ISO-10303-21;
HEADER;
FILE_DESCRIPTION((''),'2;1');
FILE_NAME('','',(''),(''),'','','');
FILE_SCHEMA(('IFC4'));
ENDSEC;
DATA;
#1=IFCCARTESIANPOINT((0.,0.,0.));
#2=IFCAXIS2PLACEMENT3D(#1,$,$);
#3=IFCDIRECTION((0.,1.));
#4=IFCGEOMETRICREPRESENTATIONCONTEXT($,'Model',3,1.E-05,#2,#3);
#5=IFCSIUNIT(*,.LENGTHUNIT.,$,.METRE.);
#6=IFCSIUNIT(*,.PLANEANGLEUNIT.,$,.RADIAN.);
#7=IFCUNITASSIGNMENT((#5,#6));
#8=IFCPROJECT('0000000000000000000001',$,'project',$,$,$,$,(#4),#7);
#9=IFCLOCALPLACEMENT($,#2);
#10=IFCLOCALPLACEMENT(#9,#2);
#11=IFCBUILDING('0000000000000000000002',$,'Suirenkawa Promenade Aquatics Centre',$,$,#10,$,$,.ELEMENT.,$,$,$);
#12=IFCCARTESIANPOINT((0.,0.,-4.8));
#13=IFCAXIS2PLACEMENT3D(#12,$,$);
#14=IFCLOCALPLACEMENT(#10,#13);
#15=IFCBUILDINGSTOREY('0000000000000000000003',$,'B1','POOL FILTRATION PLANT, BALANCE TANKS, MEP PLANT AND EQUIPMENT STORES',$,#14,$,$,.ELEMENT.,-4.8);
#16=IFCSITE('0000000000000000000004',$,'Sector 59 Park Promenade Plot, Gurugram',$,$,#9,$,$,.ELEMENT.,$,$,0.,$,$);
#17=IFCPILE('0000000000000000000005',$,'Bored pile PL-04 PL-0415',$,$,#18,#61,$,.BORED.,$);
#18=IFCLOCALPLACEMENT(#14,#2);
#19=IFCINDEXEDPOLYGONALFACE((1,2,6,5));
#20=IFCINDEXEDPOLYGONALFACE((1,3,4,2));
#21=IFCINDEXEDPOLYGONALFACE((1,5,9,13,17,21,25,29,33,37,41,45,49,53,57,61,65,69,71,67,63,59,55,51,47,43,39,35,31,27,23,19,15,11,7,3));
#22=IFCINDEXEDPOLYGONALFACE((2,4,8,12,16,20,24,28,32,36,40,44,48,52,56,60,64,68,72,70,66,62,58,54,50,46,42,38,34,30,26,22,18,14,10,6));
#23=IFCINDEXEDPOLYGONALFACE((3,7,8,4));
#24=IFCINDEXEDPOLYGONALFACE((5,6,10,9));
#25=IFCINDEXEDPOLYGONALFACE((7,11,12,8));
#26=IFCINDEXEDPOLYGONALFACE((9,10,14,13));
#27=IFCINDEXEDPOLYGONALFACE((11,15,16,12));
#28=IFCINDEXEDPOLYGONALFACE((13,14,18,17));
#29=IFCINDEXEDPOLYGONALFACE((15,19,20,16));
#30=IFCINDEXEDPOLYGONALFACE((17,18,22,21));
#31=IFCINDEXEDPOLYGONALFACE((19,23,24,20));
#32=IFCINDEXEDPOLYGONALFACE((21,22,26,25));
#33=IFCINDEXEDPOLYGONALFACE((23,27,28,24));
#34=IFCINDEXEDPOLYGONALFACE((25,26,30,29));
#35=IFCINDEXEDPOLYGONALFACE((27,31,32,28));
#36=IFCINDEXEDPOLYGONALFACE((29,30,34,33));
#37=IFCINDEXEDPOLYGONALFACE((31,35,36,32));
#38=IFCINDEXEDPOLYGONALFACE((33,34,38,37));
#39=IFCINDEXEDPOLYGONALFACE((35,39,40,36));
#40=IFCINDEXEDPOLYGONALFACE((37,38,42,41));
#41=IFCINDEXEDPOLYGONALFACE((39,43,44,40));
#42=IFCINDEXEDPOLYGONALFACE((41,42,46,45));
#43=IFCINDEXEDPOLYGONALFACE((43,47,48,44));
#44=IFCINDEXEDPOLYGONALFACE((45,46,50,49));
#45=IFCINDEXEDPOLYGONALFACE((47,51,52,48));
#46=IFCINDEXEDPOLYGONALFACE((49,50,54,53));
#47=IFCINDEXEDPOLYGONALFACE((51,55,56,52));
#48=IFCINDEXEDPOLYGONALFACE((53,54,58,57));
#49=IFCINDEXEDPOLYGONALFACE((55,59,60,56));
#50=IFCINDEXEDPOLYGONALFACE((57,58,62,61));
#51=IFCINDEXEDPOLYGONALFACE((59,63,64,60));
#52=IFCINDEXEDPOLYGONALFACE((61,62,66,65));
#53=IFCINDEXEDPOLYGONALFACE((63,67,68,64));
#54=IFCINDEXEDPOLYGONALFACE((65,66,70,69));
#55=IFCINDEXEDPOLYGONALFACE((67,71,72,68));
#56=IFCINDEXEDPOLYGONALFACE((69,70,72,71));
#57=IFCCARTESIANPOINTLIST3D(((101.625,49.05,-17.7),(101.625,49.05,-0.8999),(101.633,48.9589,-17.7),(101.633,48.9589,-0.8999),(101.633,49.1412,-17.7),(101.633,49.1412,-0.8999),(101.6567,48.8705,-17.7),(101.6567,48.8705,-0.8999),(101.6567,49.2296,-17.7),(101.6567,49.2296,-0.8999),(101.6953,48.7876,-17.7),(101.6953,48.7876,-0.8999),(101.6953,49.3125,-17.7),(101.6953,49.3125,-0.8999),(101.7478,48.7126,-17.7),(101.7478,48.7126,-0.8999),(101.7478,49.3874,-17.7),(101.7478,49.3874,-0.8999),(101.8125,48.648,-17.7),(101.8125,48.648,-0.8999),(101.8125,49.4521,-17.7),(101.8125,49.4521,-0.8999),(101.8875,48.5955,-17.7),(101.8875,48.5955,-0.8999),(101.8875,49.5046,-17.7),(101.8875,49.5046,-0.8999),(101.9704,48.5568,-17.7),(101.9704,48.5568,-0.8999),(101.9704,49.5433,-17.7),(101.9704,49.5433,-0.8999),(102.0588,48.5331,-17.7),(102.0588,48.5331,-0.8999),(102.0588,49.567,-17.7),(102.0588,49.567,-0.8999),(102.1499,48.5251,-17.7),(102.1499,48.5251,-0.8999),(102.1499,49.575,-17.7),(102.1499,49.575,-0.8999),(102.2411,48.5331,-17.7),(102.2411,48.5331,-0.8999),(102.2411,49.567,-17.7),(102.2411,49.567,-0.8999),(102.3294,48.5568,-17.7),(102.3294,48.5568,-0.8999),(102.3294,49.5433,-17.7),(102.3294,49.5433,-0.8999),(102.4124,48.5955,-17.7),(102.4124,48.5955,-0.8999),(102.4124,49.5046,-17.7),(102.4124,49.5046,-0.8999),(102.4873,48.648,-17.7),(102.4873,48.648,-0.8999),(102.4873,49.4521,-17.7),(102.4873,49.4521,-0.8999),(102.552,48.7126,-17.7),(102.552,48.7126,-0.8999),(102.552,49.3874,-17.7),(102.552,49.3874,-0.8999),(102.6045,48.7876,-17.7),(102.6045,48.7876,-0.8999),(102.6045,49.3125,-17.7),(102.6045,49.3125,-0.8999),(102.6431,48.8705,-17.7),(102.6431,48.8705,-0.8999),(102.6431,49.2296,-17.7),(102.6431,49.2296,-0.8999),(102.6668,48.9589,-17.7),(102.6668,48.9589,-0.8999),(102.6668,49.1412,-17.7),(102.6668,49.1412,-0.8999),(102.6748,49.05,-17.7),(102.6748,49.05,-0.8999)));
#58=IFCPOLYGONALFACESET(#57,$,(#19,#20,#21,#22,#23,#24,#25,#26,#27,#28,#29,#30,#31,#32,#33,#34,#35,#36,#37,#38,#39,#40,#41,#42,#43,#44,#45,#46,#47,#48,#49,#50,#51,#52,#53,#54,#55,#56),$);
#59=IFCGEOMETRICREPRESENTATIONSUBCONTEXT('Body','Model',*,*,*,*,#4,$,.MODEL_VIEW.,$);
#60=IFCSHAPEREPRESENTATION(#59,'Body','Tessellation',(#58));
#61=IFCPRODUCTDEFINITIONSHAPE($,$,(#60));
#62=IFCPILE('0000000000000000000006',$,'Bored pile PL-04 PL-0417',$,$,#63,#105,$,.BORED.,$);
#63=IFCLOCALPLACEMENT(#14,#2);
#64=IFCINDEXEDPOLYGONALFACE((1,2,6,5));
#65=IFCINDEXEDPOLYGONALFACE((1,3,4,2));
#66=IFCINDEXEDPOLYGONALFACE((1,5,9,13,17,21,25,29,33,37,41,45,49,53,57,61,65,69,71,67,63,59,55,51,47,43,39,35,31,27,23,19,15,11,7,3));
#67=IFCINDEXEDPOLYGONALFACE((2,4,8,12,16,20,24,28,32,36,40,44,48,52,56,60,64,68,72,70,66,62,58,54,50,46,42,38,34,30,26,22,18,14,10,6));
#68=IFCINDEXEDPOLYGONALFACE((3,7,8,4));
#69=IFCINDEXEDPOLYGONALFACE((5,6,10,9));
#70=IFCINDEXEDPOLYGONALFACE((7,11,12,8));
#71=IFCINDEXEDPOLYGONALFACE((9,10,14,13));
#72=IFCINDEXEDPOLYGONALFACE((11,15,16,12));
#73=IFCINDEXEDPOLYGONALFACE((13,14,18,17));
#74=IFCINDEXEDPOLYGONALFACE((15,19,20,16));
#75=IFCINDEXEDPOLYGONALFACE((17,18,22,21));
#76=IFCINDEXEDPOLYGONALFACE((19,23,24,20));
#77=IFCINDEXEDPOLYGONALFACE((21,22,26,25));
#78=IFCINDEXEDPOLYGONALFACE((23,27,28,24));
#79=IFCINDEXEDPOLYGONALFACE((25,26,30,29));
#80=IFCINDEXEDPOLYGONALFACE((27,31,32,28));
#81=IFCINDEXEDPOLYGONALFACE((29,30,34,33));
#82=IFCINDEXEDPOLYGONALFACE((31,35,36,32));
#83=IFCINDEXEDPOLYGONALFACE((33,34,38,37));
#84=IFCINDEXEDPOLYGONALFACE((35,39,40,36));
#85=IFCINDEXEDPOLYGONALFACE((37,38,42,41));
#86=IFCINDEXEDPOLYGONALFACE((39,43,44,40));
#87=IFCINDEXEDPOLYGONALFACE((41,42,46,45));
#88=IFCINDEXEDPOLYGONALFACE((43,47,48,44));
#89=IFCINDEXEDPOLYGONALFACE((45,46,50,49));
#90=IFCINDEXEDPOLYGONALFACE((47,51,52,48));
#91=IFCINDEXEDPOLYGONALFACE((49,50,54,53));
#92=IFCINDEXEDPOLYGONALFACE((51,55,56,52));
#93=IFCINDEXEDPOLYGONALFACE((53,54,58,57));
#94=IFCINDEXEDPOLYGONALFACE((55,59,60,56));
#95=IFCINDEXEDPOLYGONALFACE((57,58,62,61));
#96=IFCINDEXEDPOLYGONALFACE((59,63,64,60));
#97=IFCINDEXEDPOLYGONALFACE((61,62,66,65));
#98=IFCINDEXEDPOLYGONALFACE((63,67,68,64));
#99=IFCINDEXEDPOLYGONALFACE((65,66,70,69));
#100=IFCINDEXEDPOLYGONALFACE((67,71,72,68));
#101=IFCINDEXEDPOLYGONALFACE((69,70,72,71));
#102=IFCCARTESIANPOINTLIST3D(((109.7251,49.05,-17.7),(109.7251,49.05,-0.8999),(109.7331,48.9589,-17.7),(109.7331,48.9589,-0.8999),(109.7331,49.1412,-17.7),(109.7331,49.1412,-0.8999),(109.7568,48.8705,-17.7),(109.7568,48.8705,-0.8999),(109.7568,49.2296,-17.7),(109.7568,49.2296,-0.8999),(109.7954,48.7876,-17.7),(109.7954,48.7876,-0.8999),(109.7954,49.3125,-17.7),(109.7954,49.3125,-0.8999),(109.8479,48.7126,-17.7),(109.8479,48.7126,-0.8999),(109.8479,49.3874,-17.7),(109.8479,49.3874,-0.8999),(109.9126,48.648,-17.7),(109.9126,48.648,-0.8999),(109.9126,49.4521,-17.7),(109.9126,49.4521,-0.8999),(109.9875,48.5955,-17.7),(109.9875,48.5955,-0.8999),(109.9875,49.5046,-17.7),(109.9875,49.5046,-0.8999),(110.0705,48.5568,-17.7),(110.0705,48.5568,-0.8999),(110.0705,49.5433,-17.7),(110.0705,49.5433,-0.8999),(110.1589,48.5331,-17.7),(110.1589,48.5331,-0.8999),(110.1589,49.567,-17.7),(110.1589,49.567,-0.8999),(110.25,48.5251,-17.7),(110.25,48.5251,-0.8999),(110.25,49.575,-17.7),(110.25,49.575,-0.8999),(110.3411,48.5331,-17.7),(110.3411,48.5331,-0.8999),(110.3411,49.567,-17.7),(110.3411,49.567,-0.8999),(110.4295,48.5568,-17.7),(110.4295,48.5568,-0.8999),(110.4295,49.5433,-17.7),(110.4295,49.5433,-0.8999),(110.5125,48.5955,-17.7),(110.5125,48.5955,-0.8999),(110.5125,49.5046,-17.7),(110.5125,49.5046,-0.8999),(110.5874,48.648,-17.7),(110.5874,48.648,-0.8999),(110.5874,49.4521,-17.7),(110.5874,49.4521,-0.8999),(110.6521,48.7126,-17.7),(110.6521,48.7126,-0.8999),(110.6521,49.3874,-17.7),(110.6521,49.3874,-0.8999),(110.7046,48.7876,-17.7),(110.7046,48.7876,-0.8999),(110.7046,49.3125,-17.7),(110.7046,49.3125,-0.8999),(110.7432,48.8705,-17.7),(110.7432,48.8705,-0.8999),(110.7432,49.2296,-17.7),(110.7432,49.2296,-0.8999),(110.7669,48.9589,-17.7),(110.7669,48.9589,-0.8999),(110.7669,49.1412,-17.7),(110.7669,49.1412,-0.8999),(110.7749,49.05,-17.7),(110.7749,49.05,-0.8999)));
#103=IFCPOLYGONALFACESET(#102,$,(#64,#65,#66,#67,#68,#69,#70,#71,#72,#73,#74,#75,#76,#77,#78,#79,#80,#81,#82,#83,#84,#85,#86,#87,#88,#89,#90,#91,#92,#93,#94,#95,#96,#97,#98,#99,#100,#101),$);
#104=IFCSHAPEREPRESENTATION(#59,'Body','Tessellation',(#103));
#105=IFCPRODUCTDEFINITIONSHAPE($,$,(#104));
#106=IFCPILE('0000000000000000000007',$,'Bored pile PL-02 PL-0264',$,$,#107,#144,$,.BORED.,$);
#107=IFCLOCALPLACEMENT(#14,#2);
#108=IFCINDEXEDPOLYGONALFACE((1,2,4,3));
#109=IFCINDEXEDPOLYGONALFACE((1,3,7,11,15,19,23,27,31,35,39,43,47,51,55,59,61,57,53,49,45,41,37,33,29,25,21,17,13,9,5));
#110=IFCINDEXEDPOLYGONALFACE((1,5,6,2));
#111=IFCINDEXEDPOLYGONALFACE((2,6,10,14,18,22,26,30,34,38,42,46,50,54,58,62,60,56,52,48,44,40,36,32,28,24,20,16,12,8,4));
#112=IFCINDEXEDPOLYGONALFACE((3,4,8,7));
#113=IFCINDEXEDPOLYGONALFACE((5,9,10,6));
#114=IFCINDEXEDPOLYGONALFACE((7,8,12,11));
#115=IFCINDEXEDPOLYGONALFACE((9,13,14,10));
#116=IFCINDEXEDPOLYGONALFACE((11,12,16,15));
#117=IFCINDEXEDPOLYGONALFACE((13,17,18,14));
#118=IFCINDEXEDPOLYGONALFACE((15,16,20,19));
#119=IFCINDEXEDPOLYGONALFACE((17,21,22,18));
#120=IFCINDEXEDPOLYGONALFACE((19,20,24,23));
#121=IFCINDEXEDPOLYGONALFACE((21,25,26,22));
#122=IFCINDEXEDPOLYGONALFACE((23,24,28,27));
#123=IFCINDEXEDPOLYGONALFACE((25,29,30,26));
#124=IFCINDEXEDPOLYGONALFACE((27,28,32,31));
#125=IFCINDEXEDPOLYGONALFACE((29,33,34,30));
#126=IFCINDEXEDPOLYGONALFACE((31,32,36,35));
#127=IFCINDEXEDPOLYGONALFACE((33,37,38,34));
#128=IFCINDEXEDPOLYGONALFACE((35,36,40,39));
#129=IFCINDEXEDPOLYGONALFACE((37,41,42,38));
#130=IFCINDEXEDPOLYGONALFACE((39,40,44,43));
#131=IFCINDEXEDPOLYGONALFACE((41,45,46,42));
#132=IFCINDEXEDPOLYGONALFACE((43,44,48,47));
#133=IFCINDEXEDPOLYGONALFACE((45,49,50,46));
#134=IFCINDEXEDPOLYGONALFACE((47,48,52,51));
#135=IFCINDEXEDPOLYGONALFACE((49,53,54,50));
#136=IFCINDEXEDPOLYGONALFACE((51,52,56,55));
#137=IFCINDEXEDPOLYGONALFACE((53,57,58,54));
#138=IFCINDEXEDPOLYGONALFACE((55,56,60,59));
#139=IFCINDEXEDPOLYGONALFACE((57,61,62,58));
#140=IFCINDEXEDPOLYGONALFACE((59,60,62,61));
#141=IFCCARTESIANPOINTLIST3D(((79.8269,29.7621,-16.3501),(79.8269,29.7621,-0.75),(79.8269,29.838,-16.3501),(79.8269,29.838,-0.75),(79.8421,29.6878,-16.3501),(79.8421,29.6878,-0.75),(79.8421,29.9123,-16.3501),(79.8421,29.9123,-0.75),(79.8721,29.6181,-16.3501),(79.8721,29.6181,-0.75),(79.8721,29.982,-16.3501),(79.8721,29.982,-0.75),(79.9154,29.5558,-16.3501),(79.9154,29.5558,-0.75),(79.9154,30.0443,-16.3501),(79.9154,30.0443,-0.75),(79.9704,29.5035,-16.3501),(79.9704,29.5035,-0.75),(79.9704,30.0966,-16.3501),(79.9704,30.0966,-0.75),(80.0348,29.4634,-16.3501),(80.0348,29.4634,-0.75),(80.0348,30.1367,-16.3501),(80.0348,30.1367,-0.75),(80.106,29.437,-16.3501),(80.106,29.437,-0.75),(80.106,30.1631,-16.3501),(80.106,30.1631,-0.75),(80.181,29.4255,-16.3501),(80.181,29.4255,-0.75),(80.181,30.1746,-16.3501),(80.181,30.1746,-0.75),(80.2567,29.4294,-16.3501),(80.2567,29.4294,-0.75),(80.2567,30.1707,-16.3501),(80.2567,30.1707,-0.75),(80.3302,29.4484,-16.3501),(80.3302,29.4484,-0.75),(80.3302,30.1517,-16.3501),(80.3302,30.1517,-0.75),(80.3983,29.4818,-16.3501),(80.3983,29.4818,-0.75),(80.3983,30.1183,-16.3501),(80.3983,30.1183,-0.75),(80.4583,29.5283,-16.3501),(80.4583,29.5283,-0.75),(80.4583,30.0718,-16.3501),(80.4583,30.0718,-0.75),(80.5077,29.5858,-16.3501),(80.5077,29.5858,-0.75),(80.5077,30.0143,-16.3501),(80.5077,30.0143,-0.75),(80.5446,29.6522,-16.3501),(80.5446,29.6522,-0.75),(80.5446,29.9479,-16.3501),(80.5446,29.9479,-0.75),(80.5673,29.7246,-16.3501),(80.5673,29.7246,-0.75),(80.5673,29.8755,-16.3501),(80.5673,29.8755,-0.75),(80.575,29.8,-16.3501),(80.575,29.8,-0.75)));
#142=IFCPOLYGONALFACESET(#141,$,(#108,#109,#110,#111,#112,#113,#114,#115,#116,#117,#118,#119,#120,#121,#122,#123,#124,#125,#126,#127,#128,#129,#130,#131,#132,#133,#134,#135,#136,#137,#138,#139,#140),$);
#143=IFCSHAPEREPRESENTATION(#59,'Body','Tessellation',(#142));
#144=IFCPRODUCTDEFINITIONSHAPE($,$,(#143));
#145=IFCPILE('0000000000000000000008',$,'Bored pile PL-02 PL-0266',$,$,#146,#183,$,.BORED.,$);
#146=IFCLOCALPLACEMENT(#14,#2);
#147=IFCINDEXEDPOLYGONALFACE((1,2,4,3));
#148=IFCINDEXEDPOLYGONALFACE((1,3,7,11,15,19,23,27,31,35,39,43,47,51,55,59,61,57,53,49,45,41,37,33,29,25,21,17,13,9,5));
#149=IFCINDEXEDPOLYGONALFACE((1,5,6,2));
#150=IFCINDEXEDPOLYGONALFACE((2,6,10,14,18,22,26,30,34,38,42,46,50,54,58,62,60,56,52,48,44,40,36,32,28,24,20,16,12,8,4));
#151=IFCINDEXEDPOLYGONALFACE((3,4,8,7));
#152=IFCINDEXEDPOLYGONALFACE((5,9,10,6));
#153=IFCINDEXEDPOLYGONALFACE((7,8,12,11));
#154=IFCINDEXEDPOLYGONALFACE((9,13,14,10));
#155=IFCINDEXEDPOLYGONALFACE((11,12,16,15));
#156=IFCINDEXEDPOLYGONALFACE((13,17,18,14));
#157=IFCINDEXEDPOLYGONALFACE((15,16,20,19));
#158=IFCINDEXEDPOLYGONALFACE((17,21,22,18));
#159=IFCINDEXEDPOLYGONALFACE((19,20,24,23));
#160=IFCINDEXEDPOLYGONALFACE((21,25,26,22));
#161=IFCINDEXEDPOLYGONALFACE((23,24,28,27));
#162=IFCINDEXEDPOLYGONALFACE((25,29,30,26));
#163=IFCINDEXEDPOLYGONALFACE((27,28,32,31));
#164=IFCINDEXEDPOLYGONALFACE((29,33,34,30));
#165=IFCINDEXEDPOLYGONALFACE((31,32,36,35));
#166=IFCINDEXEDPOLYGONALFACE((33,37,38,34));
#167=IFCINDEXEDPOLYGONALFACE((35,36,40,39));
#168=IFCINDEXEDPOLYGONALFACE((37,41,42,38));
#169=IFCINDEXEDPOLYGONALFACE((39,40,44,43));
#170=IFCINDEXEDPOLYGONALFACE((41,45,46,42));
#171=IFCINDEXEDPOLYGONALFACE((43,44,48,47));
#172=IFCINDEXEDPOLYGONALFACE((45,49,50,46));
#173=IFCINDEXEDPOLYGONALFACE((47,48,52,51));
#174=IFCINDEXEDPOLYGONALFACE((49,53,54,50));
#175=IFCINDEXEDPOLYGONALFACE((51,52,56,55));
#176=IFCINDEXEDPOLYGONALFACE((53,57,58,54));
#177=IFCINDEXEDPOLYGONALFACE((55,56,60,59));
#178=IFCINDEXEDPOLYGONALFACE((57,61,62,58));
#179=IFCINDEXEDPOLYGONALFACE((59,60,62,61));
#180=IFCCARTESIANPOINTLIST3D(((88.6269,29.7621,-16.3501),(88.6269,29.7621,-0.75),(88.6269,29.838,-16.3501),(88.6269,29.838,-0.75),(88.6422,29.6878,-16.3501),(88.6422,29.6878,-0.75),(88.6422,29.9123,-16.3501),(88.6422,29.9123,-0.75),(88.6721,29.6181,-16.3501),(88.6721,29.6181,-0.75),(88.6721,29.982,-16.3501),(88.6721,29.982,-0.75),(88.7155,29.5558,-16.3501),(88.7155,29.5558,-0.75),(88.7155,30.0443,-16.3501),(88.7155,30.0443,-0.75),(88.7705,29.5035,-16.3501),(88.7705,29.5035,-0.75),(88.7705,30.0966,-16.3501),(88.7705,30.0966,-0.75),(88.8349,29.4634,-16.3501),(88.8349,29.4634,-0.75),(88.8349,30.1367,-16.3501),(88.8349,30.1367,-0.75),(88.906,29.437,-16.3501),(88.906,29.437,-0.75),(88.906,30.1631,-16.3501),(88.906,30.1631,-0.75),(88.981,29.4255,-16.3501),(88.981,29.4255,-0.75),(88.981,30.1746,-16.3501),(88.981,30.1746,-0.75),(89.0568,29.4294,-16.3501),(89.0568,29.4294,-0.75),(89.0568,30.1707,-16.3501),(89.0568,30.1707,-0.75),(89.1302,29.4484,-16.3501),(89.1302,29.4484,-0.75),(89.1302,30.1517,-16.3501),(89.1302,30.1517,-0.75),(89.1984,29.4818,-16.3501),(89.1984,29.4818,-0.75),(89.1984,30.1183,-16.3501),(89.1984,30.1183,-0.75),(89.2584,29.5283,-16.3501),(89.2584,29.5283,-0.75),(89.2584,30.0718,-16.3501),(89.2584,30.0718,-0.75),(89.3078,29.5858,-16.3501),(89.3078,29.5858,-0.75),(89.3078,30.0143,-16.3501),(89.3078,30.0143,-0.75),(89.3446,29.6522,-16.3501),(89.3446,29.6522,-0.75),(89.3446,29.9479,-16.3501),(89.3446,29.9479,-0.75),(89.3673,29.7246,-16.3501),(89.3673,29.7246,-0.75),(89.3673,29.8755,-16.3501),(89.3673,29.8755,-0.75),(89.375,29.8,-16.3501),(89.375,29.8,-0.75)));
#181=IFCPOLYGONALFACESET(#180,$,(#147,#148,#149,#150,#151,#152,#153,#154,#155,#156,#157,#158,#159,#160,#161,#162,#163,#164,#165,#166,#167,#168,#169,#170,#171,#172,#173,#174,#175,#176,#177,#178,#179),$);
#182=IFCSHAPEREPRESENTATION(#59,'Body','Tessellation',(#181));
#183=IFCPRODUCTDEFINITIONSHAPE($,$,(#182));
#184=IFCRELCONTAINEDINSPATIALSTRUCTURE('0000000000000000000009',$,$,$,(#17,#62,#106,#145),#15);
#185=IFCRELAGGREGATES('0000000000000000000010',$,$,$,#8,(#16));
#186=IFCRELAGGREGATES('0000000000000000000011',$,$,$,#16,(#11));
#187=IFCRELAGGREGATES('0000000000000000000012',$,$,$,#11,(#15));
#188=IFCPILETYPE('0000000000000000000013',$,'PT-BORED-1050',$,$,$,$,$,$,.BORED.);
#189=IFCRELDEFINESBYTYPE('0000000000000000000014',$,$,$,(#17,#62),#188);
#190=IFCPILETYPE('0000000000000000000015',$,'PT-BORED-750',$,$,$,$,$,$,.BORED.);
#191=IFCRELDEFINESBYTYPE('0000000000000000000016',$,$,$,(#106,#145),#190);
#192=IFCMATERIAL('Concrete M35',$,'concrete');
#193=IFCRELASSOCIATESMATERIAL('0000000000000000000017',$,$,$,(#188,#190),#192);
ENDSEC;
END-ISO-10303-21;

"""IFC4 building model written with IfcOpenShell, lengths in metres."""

from ifc_helpers import new_model, si_unit, direction, frame, origin, origin_2d, place, context, subcontext, project, spatial, circle, extrude, material, material_profile, profile_set, type_object, element, save


model = new_model("IFC4")

# Units and contexts
model_context = context("Model", 3, precision=1e-05, world=origin(), true_north=direction((0.0, 1.0)))
body_context = subcontext(model_context, "Body", "Model", "MODEL_VIEW")
ifc_project = project(units=[si_unit("LENGTHUNIT", "METRE"), si_unit("PLANEANGLEUNIT", "RADIAN")], contexts=[model_context])

# Site, building, storey
site_placement = place(None, origin())
site = spatial("IfcSite", under=ifc_project, at=site_placement, Name="Sector 59 Park Promenade Plot, Gurugram", CompositionType="ELEMENT", RefElevation=0.0)
building_placement = place(site_placement, origin())
building = spatial("IfcBuilding", under=site, at=building_placement, Name="Suirenkawa Promenade Aquatics Centre", CompositionType="ELEMENT")
storey_placement = place(building_placement, frame((0.0, 0.0, -4.8)))
storey = spatial("IfcBuildingStorey", under=building, at=storey_placement, Name="B1", Description="POOL FILTRATION PLANT, BALANCE TANKS, MEP PLANT AND EQUIPMENT STORES", CompositionType="ELEMENT", Elevation=-4.8)

# Shared definitions
ifc_material_1 = material(Name="Concrete M35", Category="concrete")

# Piles
ifc_material_profile_1 = material_profile(ifc_material_1, circle(Radius=0.5249, at=origin_2d()), Name="PILE D1050", Category="concrete")
ifc_profile_set_1 = profile_set([ifc_material_profile_1], Name="Concrete M35")
pile_type_1 = type_object("IfcPileType", Name="PT-BORED-1050", PredefinedType="BORED", material=ifc_profile_set_1)
for number, where, z_axis, x_axis, name in (
    (1, (102.1499, 49.05, -0.8999), (0.0, 0.0, -1.0), (1.0, 0.0, 0.0), "Bored pile PL-04 PL-0415"),
    (2, (110.25, 49.05, -0.8999), (0.0, 0.0, -1.0), (1.0, 0.0, 0.0), "Bored pile PL-04 PL-0417"),
):
    element("IfcPile", number, at=place(storey_placement, frame(where, z_axis=z_axis, x_axis=x_axis)), inside=storey, type_object=pile_type_1, Name=name, PredefinedType="BORED", context=body_context, shape_type="SweptSolid", body=[
        extrude(circle(Radius=0.5249, at=origin_2d()), origin(), (0.0, 0.0, 1.0), 16.8),
    ])
ifc_material_profile_2 = material_profile(ifc_material_1, circle(Radius=0.375, at=origin_2d()), Name="PILE D750", Category="concrete")
ifc_profile_set_2 = profile_set([ifc_material_profile_2], Name="Concrete M35")
pile_type_2 = type_object("IfcPileType", Name="PT-BORED-750", PredefinedType="BORED", material=ifc_profile_set_2)
for number, where, z_axis, x_axis, name in (
    (3, (80.2, 29.8, -0.75), (0.0, 0.0, -1.0), (1.0, 0.0, 0.0), "Bored pile PL-02 PL-0264"),
    (4, (89.0, 29.8, -0.75), (0.0, 0.0, -1.0), (1.0, 0.0, 0.0), "Bored pile PL-02 PL-0266"),
):
    element("IfcPile", number, at=place(storey_placement, frame(where, z_axis=z_axis, x_axis=x_axis)), inside=storey, type_object=pile_type_2, Name=name, PredefinedType="BORED", context=body_context, shape_type="SweptSolid", body=[
        extrude(circle(Radius=0.375, at=origin_2d()), origin(), (0.0, 0.0, 1.0), 15.6001),
    ])

save(model, "model.ifc")
